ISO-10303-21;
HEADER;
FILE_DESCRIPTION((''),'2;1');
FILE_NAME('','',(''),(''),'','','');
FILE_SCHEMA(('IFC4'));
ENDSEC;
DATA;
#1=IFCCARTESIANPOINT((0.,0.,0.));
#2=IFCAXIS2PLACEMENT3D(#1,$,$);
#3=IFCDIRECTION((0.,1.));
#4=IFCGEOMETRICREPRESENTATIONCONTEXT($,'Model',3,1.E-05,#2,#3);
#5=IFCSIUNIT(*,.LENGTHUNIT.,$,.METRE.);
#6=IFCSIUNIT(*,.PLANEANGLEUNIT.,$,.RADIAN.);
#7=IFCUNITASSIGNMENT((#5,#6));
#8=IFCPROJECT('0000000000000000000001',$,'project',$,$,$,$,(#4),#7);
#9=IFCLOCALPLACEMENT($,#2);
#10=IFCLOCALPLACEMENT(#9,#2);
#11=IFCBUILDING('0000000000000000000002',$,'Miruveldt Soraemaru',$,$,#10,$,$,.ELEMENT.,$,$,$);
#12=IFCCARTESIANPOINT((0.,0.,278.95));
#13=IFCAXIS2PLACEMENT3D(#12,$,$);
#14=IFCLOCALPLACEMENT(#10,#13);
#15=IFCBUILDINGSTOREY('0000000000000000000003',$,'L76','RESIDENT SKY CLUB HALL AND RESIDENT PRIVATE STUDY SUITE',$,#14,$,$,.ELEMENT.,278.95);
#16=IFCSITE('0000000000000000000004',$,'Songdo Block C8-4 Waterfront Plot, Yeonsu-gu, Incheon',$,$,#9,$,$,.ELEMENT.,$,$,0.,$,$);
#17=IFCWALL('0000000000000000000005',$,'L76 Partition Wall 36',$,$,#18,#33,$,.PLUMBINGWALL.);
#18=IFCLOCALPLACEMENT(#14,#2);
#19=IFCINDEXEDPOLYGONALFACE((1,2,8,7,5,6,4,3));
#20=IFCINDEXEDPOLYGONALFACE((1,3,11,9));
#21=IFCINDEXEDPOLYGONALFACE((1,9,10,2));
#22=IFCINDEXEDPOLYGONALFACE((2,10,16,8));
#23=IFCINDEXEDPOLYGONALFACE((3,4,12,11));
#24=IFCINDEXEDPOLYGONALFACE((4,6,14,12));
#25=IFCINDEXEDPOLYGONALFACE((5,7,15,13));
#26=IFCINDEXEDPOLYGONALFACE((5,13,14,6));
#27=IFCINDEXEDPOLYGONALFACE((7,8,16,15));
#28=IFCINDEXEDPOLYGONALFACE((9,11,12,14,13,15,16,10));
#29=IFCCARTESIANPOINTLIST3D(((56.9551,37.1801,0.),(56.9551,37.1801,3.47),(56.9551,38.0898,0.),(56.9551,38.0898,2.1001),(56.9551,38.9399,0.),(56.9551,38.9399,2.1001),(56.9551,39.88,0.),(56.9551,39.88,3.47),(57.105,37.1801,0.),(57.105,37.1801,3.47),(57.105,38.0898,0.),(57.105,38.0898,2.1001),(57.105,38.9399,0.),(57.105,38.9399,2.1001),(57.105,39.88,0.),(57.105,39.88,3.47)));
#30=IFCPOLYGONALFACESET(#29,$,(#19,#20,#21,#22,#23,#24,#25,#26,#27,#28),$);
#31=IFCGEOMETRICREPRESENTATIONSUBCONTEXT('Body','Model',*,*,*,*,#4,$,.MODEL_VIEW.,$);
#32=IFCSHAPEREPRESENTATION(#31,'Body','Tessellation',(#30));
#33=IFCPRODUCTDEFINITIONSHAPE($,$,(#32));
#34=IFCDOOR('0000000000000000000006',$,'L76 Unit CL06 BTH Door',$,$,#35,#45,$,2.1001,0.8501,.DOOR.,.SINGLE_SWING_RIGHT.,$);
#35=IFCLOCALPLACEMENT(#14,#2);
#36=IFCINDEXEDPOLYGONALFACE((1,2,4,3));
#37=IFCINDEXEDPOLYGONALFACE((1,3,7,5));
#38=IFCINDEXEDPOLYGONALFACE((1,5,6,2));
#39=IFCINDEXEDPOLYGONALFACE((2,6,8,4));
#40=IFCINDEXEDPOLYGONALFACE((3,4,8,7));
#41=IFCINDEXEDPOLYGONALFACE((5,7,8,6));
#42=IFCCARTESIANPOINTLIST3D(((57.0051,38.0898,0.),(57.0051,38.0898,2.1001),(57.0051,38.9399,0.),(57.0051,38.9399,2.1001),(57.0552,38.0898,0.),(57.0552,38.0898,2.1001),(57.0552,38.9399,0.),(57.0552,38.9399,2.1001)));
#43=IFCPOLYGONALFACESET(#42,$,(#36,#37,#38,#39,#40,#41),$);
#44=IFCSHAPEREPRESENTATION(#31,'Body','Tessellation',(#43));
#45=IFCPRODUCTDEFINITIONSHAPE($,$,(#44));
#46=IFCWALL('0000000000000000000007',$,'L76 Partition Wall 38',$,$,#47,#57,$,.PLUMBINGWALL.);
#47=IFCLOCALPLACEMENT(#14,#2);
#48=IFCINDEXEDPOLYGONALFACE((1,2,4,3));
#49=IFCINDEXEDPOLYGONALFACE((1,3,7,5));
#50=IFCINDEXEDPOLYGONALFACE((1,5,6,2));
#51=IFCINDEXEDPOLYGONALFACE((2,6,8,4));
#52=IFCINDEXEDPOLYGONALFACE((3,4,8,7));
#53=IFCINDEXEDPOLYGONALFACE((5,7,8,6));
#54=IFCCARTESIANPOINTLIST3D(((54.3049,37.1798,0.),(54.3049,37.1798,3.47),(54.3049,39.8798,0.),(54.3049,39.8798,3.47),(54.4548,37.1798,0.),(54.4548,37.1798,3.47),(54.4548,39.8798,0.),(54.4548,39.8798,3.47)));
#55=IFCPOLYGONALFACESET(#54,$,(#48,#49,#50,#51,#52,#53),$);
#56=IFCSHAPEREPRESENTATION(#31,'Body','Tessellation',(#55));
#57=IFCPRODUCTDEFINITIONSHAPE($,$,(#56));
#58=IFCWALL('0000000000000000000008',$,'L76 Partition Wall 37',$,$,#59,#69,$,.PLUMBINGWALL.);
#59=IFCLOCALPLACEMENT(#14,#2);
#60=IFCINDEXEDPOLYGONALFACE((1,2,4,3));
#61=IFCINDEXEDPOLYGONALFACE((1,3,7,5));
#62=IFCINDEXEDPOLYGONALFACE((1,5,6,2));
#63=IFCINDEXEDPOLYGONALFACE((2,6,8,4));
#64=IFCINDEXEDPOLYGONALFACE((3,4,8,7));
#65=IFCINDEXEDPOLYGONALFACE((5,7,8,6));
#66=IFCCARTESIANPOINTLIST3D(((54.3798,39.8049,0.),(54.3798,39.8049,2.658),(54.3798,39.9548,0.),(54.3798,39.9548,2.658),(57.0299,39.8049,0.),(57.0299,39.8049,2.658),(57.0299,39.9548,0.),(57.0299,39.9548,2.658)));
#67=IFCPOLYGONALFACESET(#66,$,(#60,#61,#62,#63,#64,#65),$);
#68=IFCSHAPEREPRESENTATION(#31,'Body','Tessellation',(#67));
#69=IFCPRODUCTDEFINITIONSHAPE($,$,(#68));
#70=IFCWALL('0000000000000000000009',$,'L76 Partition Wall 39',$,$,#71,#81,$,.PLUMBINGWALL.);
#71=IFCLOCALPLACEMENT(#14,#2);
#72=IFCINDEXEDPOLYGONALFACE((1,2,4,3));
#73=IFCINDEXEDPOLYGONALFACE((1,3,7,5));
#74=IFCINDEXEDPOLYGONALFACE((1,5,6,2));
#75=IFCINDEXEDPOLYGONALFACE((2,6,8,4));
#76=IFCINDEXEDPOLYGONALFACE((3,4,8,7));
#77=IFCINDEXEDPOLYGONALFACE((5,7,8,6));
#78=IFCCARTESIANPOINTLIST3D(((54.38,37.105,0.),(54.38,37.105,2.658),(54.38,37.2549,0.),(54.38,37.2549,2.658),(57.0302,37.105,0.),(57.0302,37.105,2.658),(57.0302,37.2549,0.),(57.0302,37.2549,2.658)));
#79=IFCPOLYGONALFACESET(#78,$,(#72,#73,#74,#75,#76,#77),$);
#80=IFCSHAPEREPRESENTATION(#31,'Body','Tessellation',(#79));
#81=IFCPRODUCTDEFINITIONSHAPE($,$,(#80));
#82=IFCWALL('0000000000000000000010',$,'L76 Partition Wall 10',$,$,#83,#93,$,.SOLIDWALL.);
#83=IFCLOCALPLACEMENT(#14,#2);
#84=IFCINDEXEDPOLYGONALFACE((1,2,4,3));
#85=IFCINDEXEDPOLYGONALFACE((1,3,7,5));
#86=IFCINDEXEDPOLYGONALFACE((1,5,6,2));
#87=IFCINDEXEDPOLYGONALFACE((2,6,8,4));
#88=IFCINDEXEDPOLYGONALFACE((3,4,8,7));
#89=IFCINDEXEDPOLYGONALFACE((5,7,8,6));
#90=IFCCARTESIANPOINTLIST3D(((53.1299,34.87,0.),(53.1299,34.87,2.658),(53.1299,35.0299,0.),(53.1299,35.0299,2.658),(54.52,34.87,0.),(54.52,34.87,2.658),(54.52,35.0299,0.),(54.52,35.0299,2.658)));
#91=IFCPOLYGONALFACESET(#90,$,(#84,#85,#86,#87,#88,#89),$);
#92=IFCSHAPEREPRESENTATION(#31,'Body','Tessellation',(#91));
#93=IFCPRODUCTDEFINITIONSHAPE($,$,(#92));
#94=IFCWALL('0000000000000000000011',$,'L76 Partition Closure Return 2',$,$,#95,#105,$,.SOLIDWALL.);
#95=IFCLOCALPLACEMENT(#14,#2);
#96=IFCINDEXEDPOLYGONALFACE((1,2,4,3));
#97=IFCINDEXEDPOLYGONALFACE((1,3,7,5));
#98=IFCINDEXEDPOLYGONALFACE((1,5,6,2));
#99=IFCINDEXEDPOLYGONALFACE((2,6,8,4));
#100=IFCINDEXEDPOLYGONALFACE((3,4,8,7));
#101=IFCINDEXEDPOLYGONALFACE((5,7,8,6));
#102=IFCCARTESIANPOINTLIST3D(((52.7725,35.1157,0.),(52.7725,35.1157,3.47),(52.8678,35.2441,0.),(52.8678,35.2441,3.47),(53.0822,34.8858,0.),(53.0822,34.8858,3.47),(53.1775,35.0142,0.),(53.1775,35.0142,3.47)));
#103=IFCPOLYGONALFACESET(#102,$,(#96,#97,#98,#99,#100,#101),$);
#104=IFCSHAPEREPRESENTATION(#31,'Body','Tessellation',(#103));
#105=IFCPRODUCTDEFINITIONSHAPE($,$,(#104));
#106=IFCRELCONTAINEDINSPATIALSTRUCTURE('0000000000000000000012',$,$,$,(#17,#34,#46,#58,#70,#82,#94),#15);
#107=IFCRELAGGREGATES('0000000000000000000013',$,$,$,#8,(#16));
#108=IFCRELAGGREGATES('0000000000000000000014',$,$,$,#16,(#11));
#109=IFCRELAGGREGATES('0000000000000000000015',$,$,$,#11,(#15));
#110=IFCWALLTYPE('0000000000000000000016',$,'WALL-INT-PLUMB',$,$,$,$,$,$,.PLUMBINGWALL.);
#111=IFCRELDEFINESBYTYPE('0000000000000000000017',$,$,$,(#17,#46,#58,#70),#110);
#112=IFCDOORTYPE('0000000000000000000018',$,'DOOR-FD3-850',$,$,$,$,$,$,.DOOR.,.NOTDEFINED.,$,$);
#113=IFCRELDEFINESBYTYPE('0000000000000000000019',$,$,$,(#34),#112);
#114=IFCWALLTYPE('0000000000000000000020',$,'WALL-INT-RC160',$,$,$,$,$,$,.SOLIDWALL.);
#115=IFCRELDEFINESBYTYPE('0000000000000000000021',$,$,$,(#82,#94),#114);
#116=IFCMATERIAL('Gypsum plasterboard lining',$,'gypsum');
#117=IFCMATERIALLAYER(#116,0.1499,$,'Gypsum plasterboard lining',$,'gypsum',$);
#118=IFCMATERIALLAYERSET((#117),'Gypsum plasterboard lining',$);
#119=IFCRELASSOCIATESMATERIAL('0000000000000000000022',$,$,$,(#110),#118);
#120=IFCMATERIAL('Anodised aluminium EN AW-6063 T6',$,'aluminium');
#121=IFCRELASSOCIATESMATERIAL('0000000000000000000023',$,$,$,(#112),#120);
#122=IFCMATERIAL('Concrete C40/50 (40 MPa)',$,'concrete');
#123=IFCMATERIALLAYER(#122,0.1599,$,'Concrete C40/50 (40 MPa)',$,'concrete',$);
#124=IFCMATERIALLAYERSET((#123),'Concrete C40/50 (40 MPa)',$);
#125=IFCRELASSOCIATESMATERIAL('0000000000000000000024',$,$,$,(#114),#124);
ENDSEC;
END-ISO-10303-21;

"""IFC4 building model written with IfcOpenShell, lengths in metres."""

from ifc_helpers import new_model, si_unit, direction, frame, frame_2d, origin, place, context, subcontext, project, spatial, rectangle, extrude, material, layer, layer_set, type_object, element, fill, save


model = new_model("IFC4")

# Units and contexts
model_context = context("Model", 3, precision=1e-05, world=origin(), true_north=direction((0.0, 1.0)))
body_context = subcontext(model_context, "Body", "Model", "MODEL_VIEW")
ifc_project = project(units=[si_unit("LENGTHUNIT", "METRE"), si_unit("PLANEANGLEUNIT", "RADIAN")], contexts=[model_context])

# Site, building, storey
site_placement = place(None, origin())
site = spatial("IfcSite", under=ifc_project, at=site_placement, Name="Songdo Block C8-4 Waterfront Plot, Yeonsu-gu, Incheon", CompositionType="ELEMENT", RefElevation=0.0)
building_placement = place(site_placement, origin())
building = spatial("IfcBuilding", under=site, at=building_placement, Name="Miruveldt Soraemaru", CompositionType="ELEMENT")
storey_placement = place(building_placement, frame((0.0, 0.0, 278.95)))
storey = spatial("IfcBuildingStorey", under=building, at=storey_placement, Name="L76", Description="RESIDENT SKY CLUB HALL AND RESIDENT PRIVATE STUDY SUITE", CompositionType="ELEMENT", Elevation=278.95)

# Shared definitions
ifc_material_1 = material(Name="Anodised aluminium EN AW-6063 T6", Category="aluminium")

# Wall, opening, door
ifc_material_2 = material(Name="Gypsum plasterboard lining", Category="gypsum")
ifc_layer_1 = layer(ifc_material_2, 0.1499, Name="Gypsum plasterboard lining", Category="gypsum")
ifc_layer_set_1 = layer_set([ifc_layer_1], Name="Gypsum plasterboard lining")
wall_type_1 = type_object("IfcWallType", Name="WALL-INT-PLUMB", PredefinedType="PLUMBINGWALL", material=ifc_layer_set_1)
wall_1_placement = place(storey_placement, frame((57.03, 37.1799, 0.0), z_axis=(0.0, 0.0, 1.0), x_axis=(0.0, 1.0, 0.0)))
wall_1 = element("IfcWall", 1, at=wall_1_placement, inside=storey, type_object=wall_type_1, Name="L76 Partition Wall 36", PredefinedType="PLUMBINGWALL", context=body_context, shape_type="SweptSolid", body=[
    extrude(rectangle(XDim=2.7, YDim=0.1499, at=frame_2d((1.3501, 0.0))), origin(), (0.0, 0.0, 1.0), 3.47),
])
opening_1_placement = place(wall_1_placement, frame((0.9099, 0.0, 0.0)))
opening_1 = element("IfcOpeningElement", 2, at=opening_1_placement, cuts=wall_1, PredefinedType="OPENING", context=body_context, shape_type="SweptSolid", body=[
    extrude(rectangle(XDim=0.8501, YDim=2.1001, at=frame_2d((0.425, 1.05))), frame((0.0, 0.085, 0.0), z_axis=(0.0, -1.0, 0.0), x_axis=(1.0, 0.0, 0.0)), (0.0, 0.0, 1.0), 0.1699),
])
door_type = type_object("IfcDoorType", Name="DOOR-FD3-850", OperationType="NOTDEFINED", PredefinedType="DOOR", material=ifc_material_1)
door_placement = place(opening_1_placement, origin())
door = element("IfcDoor", 3, at=door_placement, inside=storey, type_object=door_type, Name="L76 Unit CL06 BTH Door", OperationType="SINGLE_SWING_RIGHT", OverallHeight=2.1001, OverallWidth=0.8501, PredefinedType="DOOR", context=body_context, shape_type="SweptSolid", body=[
    extrude(rectangle(XDim=0.8501, YDim=2.1001, at=frame_2d((0.425, 1.05))), frame((0.0, 0.0249, 0.0), z_axis=(0.0, -1.0, 0.0), x_axis=(1.0, 0.0, 0.0)), (0.0, 0.0, 1.0), 0.05),
])
fill(opening_1, door)

# Walls
wall_2_placement = place(storey_placement, frame((54.3799, 39.8799, 0.0), z_axis=(0.0, 0.0, 1.0), x_axis=(0.0, -1.0, 0.0)))
element("IfcWall", 4, at=wall_2_placement, inside=storey, type_object=wall_type_1, Name="L76 Partition Wall 38", PredefinedType="PLUMBINGWALL", context=body_context, shape_type="SweptSolid", body=[
    extrude(rectangle(XDim=2.7, YDim=0.1499, at=frame_2d((1.3501, 0.0))), origin(), (0.0, 0.0, 1.0), 3.47),
])
for number, where, z_axis, x_axis, name in (
    (5, (57.03, 39.8799, 0.0), (0.0, 0.0, 1.0), (-1.0, 0.0, 0.0), "L76 Partition Wall 37"),
    (6, (54.3799, 37.1799, 0.0), (0.0, 0.0, 1.0), (1.0, 0.0, 0.0), "L76 Partition Wall 39"),
):
    element("IfcWall", number, at=place(storey_placement, frame(where, z_axis=z_axis, x_axis=x_axis)), inside=storey, type_object=wall_type_1, Name=name, PredefinedType="PLUMBINGWALL", context=body_context, shape_type="SweptSolid", body=[
        extrude(rectangle(XDim=2.6501, YDim=0.1499, at=frame_2d((1.3252, 0.0))), origin(), (0.0, 0.0, 1.0), 2.658),
    ])
ifc_material_3 = material(Name="Concrete C40/50 (40 MPa)", Category="concrete")
ifc_layer_2 = layer(ifc_material_3, 0.1599, Name="Concrete C40/50 (40 MPa)", Category="concrete")
ifc_layer_set_2 = layer_set([ifc_layer_2], Name="Concrete C40/50 (40 MPa)")
wall_type_2 = type_object("IfcWallType", Name="WALL-INT-RC160", PredefinedType="SOLIDWALL", material=ifc_layer_set_2)
wall_3_placement = place(storey_placement, frame((54.52, 34.95, 0.0), z_axis=(0.0, 0.0, 1.0), x_axis=(-1.0, 0.0, 0.0)))
element("IfcWall", 7, at=wall_3_placement, inside=storey, type_object=wall_type_2, Name="L76 Partition Wall 10", PredefinedType="SOLIDWALL", context=body_context, shape_type="SweptSolid", body=[
    extrude(rectangle(XDim=1.3901, YDim=0.1599, at=frame_2d((0.6951, 0.0))), origin(), (0.0, 0.0, 1.0), 2.658),
])
wall_4_placement = place(storey_placement, frame((53.1299, 34.95, 0.0), z_axis=(0.0, 0.0, 1.0), x_axis=(-0.802951, 0.596044, 0.0)))
element("IfcWall", 8, at=wall_4_placement, inside=storey, type_object=wall_type_2, Name="L76 Partition Closure Return 2", PredefinedType="SOLIDWALL", context=body_context, shape_type="SweptSolid", body=[
    extrude(rectangle(XDim=0.3857, YDim=0.1599, at=frame_2d((0.1929, 0.0))), origin(), (0.0, 0.0, 1.0), 3.47),
])

save(model, "model.ifc")
